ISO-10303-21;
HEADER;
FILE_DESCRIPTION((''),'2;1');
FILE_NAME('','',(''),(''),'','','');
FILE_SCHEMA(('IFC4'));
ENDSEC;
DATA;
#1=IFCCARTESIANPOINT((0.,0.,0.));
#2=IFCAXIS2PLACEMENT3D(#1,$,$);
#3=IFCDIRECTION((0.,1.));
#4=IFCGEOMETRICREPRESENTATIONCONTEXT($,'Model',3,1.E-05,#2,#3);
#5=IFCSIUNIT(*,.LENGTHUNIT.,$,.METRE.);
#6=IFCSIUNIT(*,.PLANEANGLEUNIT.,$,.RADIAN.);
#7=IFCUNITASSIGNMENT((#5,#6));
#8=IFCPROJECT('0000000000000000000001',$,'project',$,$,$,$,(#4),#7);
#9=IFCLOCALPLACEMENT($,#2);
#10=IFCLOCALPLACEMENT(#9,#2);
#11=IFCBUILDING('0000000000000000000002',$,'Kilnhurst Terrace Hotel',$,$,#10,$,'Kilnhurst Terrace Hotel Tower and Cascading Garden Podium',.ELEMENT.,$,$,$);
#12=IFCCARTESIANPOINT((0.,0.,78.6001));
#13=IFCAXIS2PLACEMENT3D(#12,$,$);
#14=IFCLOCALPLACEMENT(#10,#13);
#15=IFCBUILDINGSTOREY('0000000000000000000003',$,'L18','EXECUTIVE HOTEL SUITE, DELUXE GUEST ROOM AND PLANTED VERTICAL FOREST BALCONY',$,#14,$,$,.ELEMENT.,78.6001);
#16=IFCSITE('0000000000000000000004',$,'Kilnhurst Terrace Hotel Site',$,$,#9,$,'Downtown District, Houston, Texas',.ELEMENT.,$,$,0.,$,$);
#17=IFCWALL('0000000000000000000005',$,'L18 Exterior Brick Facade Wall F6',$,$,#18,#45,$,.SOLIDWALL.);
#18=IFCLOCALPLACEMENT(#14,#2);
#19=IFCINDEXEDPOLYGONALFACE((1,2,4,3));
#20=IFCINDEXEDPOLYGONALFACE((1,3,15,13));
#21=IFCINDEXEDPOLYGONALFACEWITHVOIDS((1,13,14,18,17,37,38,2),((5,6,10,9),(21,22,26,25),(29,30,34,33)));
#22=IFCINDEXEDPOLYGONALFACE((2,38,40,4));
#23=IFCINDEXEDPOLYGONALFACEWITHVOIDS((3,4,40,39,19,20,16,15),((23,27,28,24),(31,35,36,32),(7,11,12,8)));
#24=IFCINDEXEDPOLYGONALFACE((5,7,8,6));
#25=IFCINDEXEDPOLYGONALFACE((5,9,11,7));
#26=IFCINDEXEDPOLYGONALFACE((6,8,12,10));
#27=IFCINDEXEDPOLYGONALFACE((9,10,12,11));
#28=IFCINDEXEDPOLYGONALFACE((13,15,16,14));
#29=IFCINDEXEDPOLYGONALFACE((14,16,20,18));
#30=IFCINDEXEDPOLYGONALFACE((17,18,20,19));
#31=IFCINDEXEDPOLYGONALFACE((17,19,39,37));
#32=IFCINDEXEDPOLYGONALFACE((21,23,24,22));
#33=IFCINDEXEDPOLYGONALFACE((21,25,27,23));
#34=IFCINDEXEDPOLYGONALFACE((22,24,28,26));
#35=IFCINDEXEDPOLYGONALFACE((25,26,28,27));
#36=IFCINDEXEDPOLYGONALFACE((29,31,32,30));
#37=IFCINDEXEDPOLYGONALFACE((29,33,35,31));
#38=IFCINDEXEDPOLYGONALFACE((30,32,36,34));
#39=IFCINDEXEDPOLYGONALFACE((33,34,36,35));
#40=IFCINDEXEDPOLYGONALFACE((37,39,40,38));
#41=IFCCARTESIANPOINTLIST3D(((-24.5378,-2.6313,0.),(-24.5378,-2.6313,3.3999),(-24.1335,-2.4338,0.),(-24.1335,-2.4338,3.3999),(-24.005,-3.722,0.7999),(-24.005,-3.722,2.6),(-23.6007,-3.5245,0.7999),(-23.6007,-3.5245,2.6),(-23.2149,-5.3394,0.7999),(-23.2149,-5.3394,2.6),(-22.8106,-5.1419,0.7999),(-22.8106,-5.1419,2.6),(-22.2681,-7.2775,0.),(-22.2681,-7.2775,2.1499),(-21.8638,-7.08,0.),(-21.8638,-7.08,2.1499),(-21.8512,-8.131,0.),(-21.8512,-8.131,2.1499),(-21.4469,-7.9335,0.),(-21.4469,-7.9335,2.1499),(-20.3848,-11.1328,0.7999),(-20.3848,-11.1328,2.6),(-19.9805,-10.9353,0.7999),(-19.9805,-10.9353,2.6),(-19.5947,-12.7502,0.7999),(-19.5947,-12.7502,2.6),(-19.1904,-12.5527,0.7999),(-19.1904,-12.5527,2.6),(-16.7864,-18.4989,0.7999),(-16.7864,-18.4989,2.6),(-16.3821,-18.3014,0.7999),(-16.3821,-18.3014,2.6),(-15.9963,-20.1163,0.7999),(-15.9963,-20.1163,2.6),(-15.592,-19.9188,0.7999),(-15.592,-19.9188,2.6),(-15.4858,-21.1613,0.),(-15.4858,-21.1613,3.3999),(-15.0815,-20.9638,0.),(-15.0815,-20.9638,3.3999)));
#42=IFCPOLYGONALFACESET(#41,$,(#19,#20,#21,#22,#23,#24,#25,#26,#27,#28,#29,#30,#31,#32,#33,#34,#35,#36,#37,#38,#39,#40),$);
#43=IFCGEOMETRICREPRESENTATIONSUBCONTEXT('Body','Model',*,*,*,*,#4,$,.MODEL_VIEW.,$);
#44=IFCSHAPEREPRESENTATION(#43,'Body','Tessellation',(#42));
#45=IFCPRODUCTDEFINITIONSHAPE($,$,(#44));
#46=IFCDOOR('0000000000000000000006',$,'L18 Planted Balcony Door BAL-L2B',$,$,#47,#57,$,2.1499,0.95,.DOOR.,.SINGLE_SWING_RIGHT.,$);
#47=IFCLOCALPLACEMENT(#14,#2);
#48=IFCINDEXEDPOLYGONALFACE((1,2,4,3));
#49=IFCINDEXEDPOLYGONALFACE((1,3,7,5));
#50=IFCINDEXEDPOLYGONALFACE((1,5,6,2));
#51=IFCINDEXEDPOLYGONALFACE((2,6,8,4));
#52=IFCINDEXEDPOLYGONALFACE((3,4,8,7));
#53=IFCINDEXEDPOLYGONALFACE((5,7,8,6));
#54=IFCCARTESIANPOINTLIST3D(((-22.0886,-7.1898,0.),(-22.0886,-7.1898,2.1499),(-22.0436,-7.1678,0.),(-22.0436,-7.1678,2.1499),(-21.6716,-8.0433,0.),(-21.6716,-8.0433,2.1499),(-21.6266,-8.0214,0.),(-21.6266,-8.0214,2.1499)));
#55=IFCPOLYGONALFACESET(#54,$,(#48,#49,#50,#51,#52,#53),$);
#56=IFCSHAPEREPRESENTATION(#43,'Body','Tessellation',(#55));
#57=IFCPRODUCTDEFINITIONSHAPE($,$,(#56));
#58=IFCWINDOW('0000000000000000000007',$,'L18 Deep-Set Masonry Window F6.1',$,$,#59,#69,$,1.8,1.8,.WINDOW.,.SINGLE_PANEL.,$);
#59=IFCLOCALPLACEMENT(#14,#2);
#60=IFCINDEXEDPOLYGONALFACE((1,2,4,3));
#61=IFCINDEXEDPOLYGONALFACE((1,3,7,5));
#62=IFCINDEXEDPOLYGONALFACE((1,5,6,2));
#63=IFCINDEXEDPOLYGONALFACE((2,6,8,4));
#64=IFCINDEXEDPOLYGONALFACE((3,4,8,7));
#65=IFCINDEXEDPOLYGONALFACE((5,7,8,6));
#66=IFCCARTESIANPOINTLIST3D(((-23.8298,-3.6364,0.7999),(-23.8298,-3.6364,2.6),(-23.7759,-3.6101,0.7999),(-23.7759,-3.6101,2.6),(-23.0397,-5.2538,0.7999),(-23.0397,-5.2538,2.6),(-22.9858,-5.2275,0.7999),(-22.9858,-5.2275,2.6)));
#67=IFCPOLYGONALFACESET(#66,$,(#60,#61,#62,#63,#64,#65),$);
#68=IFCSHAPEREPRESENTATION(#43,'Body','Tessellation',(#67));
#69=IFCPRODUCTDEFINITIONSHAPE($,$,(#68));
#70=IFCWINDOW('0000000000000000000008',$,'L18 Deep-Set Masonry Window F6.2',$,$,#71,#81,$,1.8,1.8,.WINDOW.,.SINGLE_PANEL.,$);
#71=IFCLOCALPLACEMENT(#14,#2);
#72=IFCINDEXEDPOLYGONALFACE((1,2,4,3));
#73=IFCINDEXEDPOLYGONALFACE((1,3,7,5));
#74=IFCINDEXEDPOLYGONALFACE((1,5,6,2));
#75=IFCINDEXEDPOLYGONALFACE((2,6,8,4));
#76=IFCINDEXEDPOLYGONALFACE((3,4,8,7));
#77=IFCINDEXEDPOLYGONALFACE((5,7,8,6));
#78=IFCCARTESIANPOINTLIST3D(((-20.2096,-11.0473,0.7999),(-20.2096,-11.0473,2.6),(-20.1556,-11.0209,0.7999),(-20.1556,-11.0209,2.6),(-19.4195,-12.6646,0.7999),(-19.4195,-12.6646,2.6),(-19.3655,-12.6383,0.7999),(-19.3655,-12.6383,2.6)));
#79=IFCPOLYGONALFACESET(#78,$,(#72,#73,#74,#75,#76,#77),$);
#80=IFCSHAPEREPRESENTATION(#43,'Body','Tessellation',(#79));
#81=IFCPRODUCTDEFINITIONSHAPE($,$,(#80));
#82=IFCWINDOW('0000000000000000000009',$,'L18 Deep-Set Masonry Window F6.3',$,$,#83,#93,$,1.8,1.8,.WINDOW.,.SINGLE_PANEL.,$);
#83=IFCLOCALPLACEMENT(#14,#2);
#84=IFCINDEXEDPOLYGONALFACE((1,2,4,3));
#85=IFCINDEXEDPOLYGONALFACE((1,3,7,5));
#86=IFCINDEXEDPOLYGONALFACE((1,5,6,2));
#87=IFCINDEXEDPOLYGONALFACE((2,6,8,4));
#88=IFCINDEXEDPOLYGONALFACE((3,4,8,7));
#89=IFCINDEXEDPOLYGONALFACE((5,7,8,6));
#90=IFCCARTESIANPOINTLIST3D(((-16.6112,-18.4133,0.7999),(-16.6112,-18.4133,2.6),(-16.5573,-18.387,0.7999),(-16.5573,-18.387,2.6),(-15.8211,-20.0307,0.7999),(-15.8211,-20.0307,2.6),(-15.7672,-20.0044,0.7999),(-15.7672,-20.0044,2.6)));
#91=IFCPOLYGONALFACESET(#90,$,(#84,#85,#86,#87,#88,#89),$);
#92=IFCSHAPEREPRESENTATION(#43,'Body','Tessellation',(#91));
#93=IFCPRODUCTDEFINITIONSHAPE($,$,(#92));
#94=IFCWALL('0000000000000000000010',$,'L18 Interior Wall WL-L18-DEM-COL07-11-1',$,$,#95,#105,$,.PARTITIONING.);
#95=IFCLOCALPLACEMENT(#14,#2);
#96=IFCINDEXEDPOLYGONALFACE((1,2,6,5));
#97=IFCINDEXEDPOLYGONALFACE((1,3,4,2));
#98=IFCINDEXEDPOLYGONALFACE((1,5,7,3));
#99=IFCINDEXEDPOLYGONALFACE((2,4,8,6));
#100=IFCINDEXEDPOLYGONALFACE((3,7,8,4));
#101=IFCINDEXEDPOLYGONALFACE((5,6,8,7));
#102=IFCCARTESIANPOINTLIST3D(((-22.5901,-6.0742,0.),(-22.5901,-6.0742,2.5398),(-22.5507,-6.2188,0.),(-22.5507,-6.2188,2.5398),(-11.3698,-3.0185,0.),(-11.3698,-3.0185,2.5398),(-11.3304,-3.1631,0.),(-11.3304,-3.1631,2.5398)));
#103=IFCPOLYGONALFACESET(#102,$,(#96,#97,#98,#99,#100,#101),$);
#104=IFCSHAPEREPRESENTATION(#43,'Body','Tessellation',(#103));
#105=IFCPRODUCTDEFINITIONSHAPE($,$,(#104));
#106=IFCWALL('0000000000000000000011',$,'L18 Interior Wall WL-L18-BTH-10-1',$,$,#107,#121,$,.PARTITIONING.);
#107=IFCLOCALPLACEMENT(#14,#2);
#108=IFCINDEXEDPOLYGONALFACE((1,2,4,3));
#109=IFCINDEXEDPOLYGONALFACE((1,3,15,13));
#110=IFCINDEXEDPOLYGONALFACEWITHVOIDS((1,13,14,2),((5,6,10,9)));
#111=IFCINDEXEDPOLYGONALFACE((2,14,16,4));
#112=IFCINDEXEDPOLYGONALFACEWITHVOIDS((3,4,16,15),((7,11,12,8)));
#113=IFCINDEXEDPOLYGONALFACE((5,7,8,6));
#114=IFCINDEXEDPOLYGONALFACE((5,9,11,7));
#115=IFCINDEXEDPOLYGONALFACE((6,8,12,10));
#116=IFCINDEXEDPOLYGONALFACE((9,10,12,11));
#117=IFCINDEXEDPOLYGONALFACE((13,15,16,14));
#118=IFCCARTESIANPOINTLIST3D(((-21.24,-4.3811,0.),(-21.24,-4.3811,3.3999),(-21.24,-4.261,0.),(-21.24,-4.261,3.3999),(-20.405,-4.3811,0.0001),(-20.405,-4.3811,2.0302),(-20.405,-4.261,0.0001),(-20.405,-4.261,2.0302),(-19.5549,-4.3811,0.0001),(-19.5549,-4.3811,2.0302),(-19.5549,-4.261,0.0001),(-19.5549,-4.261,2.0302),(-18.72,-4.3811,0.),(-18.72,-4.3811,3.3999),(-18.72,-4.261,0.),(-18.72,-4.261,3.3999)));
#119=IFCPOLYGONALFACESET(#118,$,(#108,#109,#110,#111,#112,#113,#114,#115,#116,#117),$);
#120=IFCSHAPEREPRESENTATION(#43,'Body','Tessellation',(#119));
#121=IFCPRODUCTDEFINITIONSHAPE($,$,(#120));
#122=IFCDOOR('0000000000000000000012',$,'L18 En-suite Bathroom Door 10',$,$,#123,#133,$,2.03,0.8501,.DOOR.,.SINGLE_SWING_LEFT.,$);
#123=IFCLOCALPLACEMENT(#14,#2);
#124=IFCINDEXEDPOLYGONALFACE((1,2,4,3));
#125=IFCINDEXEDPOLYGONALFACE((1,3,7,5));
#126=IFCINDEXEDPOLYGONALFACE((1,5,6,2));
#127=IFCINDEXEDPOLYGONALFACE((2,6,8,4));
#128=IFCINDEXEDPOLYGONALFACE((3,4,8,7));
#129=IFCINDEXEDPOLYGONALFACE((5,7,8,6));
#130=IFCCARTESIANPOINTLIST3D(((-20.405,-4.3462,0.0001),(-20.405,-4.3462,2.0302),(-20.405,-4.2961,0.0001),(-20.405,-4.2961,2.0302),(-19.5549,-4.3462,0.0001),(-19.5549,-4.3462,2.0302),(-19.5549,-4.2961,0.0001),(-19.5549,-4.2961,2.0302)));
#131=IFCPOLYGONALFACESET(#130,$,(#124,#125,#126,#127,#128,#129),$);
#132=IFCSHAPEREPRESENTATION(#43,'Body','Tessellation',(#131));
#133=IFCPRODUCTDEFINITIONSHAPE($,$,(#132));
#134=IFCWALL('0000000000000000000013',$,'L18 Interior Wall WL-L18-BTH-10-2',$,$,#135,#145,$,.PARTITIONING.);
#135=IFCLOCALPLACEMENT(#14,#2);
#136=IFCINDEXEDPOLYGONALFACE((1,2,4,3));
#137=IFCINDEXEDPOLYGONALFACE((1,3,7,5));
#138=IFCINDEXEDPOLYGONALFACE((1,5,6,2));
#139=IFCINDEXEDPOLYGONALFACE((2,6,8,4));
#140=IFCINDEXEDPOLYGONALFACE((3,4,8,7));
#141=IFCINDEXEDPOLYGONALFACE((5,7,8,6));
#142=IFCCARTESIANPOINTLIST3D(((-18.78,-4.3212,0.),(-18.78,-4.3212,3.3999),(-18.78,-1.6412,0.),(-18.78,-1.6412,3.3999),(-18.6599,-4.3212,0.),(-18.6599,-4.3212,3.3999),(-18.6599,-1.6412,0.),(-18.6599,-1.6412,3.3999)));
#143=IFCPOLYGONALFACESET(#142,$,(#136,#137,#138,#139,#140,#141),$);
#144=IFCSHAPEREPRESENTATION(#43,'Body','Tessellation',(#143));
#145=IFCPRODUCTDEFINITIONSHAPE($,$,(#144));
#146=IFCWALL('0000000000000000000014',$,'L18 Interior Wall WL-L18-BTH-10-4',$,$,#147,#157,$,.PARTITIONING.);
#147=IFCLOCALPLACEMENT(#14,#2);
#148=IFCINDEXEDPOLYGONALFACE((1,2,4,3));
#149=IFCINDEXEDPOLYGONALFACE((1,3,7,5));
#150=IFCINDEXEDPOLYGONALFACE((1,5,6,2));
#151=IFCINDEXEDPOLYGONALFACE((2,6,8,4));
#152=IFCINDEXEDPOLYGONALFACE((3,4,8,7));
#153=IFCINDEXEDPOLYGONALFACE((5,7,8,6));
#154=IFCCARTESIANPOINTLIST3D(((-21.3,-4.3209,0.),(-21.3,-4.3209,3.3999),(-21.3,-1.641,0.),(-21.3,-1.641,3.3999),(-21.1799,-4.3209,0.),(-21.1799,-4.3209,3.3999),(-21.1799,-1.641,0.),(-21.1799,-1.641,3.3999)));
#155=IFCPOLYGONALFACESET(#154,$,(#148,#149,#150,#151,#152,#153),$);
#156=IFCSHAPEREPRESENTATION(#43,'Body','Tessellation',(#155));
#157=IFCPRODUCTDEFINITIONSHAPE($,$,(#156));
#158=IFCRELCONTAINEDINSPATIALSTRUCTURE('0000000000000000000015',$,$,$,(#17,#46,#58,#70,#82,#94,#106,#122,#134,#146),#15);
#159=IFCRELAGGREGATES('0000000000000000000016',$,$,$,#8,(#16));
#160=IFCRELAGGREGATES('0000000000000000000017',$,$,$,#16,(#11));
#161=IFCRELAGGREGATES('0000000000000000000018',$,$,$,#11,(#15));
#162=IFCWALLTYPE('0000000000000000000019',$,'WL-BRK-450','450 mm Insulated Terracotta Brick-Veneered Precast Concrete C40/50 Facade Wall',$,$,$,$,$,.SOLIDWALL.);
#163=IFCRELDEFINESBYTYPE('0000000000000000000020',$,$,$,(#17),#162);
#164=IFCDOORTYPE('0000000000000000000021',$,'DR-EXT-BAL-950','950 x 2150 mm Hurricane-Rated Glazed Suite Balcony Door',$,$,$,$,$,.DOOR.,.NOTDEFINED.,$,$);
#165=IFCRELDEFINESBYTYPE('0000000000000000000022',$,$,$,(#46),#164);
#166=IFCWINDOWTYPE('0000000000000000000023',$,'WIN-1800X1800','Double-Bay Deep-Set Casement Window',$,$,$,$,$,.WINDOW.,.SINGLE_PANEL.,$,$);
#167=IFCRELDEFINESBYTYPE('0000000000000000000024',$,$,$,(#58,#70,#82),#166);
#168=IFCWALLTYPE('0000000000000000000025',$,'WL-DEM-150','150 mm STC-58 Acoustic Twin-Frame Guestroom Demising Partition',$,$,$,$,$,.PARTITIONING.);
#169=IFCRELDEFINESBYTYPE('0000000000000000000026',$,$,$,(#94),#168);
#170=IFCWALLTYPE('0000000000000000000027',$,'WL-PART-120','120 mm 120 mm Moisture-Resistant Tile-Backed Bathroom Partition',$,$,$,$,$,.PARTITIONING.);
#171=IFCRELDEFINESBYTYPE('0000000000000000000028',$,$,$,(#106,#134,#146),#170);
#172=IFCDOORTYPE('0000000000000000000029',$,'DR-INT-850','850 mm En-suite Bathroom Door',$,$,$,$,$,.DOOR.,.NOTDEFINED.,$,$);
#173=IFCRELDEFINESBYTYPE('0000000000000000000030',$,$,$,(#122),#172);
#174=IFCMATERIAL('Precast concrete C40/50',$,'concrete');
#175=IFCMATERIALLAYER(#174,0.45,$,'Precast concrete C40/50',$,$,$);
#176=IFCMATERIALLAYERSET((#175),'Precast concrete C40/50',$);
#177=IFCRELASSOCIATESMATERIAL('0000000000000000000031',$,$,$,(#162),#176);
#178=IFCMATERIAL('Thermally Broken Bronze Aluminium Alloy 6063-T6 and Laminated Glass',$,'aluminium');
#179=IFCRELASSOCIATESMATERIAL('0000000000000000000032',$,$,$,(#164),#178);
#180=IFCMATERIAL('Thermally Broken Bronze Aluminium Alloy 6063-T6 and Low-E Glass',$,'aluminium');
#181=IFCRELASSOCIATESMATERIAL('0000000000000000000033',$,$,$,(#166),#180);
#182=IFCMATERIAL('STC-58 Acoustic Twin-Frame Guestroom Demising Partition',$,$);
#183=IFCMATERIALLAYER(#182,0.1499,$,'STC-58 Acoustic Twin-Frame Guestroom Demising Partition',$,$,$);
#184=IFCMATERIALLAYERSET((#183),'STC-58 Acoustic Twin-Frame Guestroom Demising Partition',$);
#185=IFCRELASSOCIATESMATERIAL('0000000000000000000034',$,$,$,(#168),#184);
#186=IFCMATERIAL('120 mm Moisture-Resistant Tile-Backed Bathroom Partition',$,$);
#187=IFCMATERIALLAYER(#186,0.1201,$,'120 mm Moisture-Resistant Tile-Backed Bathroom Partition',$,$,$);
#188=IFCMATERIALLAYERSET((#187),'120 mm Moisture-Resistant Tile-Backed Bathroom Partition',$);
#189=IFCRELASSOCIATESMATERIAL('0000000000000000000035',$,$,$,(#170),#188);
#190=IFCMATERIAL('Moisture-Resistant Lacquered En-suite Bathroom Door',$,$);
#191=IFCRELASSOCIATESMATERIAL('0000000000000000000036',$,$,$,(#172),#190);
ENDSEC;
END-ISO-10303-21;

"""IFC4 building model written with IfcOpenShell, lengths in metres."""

from ifc_helpers import new_model, si_unit, direction, frame, frame_2d, origin, place, context, subcontext, project, spatial, rectangle, extrude, material, layer, layer_set, type_object, element, fill, save


model = new_model("IFC4")

# Units and contexts
model_context = context("Model", 3, precision=1e-05, world=origin(), true_north=direction((0.0, 1.0)))
body_context = subcontext(model_context, "Body", "Model", "MODEL_VIEW")
ifc_project = project(units=[si_unit("LENGTHUNIT", "METRE"), si_unit("PLANEANGLEUNIT", "RADIAN")], contexts=[model_context])

# Site, building, storey
site_placement = place(None, origin())
site = spatial("IfcSite", under=ifc_project, at=site_placement, Name="Kilnhurst Terrace Hotel Site", LongName="Downtown District, Houston, Texas", CompositionType="ELEMENT", RefElevation=0.0)
building_placement = place(site_placement, origin())
building = spatial("IfcBuilding", under=site, at=building_placement, Name="Kilnhurst Terrace Hotel", LongName="Kilnhurst Terrace Hotel Tower and Cascading Garden Podium", CompositionType="ELEMENT")
storey_placement = place(building_placement, frame((0.0, 0.0, 78.6001)))
storey = spatial("IfcBuildingStorey", under=building, at=storey_placement, Name="L18", Description="EXECUTIVE HOTEL SUITE, DELUXE GUEST ROOM AND PLANTED VERTICAL FOREST BALCONY", CompositionType="ELEMENT", Elevation=78.6001)

# Shared definitions
ifc_material_1 = material(Name="Precast concrete C40/50", Category="concrete")
ifc_layer_1 = layer(ifc_material_1, 0.45, Name="Precast concrete C40/50")
ifc_layer_set_1 = layer_set([ifc_layer_1], Name="Precast concrete C40/50")
wall_type_1 = type_object("IfcWallType", Name="WL-BRK-450", Description="450 mm Insulated Terracotta Brick-Veneered Precast Concrete C40/50 Facade Wall", PredefinedType="SOLIDWALL", material=ifc_layer_set_1)

# Wall, openings, door, windows
wall_1_placement = place(storey_placement, frame((-24.3357, -2.5325, 0.0), z_axis=(0.0, 0.0, 1.0), x_axis=(0.438931, -0.898521, 0.0)))
wall_1 = element("IfcWall", 1, at=wall_1_placement, inside=storey, type_object=wall_type_1, Name="L18 Exterior Brick Facade Wall F6", PredefinedType="SOLIDWALL", context=body_context, shape_type="SweptSolid", body=[
    extrude(rectangle(XDim=20.6228, YDim=0.45, at=frame_2d((10.3115, 0.0))), origin(), (0.0, 0.0, 1.0), 3.3999),
])
opening_1_placement = place(wall_1_placement, frame((5.1709, 0.0, 0.0)))
opening_1 = element("IfcOpeningElement", 2, at=opening_1_placement, cuts=wall_1, PredefinedType="OPENING", context=body_context, shape_type="SweptSolid", body=[
    extrude(rectangle(XDim=0.95, YDim=2.1499, at=frame_2d((0.4751, 1.075))), frame((0.0, 0.2349, 0.0), z_axis=(0.0, -1.0, 0.0), x_axis=(1.0, 0.0, 0.0)), (0.0, 0.0, 1.0), 0.47),
])
opening_2_placement = place(wall_1_placement, frame((1.2141, 0.0, 0.8)))
opening_2 = element("IfcOpeningElement", 3, at=opening_2_placement, cuts=wall_1, PredefinedType="OPENING", context=body_context, shape_type="SweptSolid", body=[
    extrude(rectangle(XDim=1.8, YDim=1.8, at=frame_2d((0.8999, 0.8999))), frame((0.0, 0.2349, 0.0), z_axis=(0.0, -1.0, 0.0), x_axis=(1.0, 0.0, 0.0)), (0.0, 0.0, 1.0), 0.47),
])
opening_3_placement = place(wall_1_placement, frame((9.4619, 0.0, 0.8)))
opening_3 = element("IfcOpeningElement", 4, at=opening_3_placement, cuts=wall_1, PredefinedType="OPENING", context=body_context, shape_type="SweptSolid", body=[
    extrude(rectangle(XDim=1.8, YDim=1.8, at=frame_2d((0.8999, 0.8999))), frame((0.0, 0.2349, 0.0), z_axis=(0.0, -1.0, 0.0), x_axis=(1.0, 0.0, 0.0)), (0.0, 0.0, 1.0), 0.47),
])
opening_4_placement = place(wall_1_placement, frame((17.6599, 0.0, 0.8)))
opening_4 = element("IfcOpeningElement", 5, at=opening_4_placement, cuts=wall_1, PredefinedType="OPENING", context=body_context, shape_type="SweptSolid", body=[
    extrude(rectangle(XDim=1.8, YDim=1.8, at=frame_2d((0.8999, 0.8999))), frame((0.0, 0.2349, 0.0), z_axis=(0.0, -1.0, 0.0), x_axis=(1.0, 0.0, 0.0)), (0.0, 0.0, 1.0), 0.47),
])
ifc_material_2 = material(Name="Thermally Broken Bronze Aluminium Alloy 6063-T6 and Laminated Glass", Category="aluminium")
door_type_1 = type_object("IfcDoorType", Name="DR-EXT-BAL-950", Description="950 x 2150 mm Hurricane-Rated Glazed Suite Balcony Door", OperationType="NOTDEFINED", PredefinedType="DOOR", material=ifc_material_2)
door_1_placement = place(opening_1_placement, origin())
door_1 = element("IfcDoor", 6, at=door_1_placement, inside=storey, type_object=door_type_1, Name="L18 Planted Balcony Door BAL-L2B", OperationType="SINGLE_SWING_RIGHT", OverallHeight=2.1499, OverallWidth=0.95, PredefinedType="DOOR", context=body_context, shape_type="SweptSolid", body=[
    extrude(rectangle(XDim=0.95, YDim=2.1499, at=frame_2d((0.4751, 1.075))), frame((0.0, 0.0249, 0.0), z_axis=(0.0, -1.0, 0.0), x_axis=(1.0, 0.0, 0.0)), (0.0, 0.0, 1.0), 0.05),
])
fill(opening_1, door_1)
ifc_material_3 = material(Name="Thermally Broken Bronze Aluminium Alloy 6063-T6 and Low-E Glass", Category="aluminium")
window_type = type_object("IfcWindowType", Name="WIN-1800X1800", Description="Double-Bay Deep-Set Casement Window", PartitioningType="SINGLE_PANEL", PredefinedType="WINDOW", material=ifc_material_3)
window_1_placement = place(opening_2_placement, origin())
window_1 = element("IfcWindow", 7, at=window_1_placement, inside=storey, type_object=window_type, Name="L18 Deep-Set Masonry Window F6.1", OverallHeight=1.8, OverallWidth=1.8, PartitioningType="SINGLE_PANEL", PredefinedType="WINDOW", context=body_context, shape_type="SweptSolid", body=[
    extrude(rectangle(XDim=1.8, YDim=1.8, at=frame_2d((0.8999, 0.8999))), frame((0.0, 0.03, 0.0), z_axis=(0.0, -1.0, 0.0), x_axis=(1.0, 0.0, 0.0)), (0.0, 0.0, 1.0), 0.0601),
])
fill(opening_2, window_1)
window_2_placement = place(opening_3_placement, origin())
window_2 = element("IfcWindow", 8, at=window_2_placement, inside=storey, type_object=window_type, Name="L18 Deep-Set Masonry Window F6.2", OverallHeight=1.8, OverallWidth=1.8, PartitioningType="SINGLE_PANEL", PredefinedType="WINDOW", context=body_context, shape_type="SweptSolid", body=[
    extrude(rectangle(XDim=1.8, YDim=1.8, at=frame_2d((0.8999, 0.8999))), frame((0.0, 0.03, 0.0), z_axis=(0.0, -1.0, 0.0), x_axis=(1.0, 0.0, 0.0)), (0.0, 0.0, 1.0), 0.0601),
])
fill(opening_3, window_2)
window_3_placement = place(opening_4_placement, origin())
window_3 = element("IfcWindow", 9, at=window_3_placement, inside=storey, type_object=window_type, Name="L18 Deep-Set Masonry Window F6.3", OverallHeight=1.8, OverallWidth=1.8, PartitioningType="SINGLE_PANEL", PredefinedType="WINDOW", context=body_context, shape_type="SweptSolid", body=[
    extrude(rectangle(XDim=1.8, YDim=1.8, at=frame_2d((0.8999, 0.8999))), frame((0.0, 0.03, 0.0), z_axis=(0.0, -1.0, 0.0), x_axis=(1.0, 0.0, 0.0)), (0.0, 0.0, 1.0), 0.0601),
])
fill(opening_4, window_3)

# Wall
ifc_material_4 = material(Name="STC-58 Acoustic Twin-Frame Guestroom Demising Partition")
ifc_layer_2 = layer(ifc_material_4, 0.1499, Name="STC-58 Acoustic Twin-Frame Guestroom Demising Partition")
ifc_layer_set_2 = layer_set([ifc_layer_2], Name="STC-58 Acoustic Twin-Frame Guestroom Demising Partition")
wall_type_2 = type_object("IfcWallType", Name="WL-DEM-150", Description="150 mm STC-58 Acoustic Twin-Frame Guestroom Demising Partition", PredefinedType="PARTITIONING", material=ifc_layer_set_2)
wall_2_placement = place(storey_placement, frame((-11.3501, -3.0908, 0.0), z_axis=(0.0, 0.0, 1.0), x_axis=(-0.96486, -0.262766, 0.0)))
element("IfcWall", 10, at=wall_2_placement, inside=storey, type_object=wall_type_2, Name="L18 Interior Wall WL-L18-DEM-COL07-11-1", PredefinedType="PARTITIONING", context=body_context, shape_type="SweptSolid", body=[
    extrude(rectangle(XDim=11.6289, YDim=0.1499, at=frame_2d((5.8145, 0.0))), origin(), (0.0, 0.0, 1.0), 2.5398),
])

# Wall, opening, door
ifc_material_5 = material(Name="120 mm Moisture-Resistant Tile-Backed Bathroom Partition")
ifc_layer_3 = layer(ifc_material_5, 0.1201, Name="120 mm Moisture-Resistant Tile-Backed Bathroom Partition")
ifc_layer_set_3 = layer_set([ifc_layer_3], Name="120 mm Moisture-Resistant Tile-Backed Bathroom Partition")
wall_type_3 = type_object("IfcWallType", Name="WL-PART-120", Description="120 mm 120 mm Moisture-Resistant Tile-Backed Bathroom Partition", PredefinedType="PARTITIONING", material=ifc_layer_set_3)
wall_3_placement = place(storey_placement, frame((-21.24, -4.321, 0.0), z_axis=(0.0, 0.0, 1.0), x_axis=(1.0, 0.0, 0.0)))
wall_3 = element("IfcWall", 11, at=wall_3_placement, inside=storey, type_object=wall_type_3, Name="L18 Interior Wall WL-L18-BTH-10-1", PredefinedType="PARTITIONING", context=body_context, shape_type="SweptSolid", body=[
    extrude(rectangle(XDim=2.52, YDim=0.1201, at=frame_2d((1.26, 0.0))), origin(), (0.0, 0.0, 1.0), 3.3999),
])
opening_5_placement = place(wall_3_placement, frame((0.835, 0.0, 0.0)))
opening_5 = element("IfcOpeningElement", 12, at=opening_5_placement, cuts=wall_3, PredefinedType="OPENING", context=body_context, shape_type="SweptSolid", body=[
    extrude(rectangle(XDim=0.8501, YDim=2.03, at=frame_2d((0.425, 1.0151))), frame((0.0, 0.0701, 0.0), z_axis=(0.0, -1.0, 0.0), x_axis=(1.0, 0.0, 0.0)), (0.0, 0.0, 1.0), 0.1401),
])
ifc_material_6 = material(Name="Moisture-Resistant Lacquered En-suite Bathroom Door")
door_type_2 = type_object("IfcDoorType", Name="DR-INT-850", Description="850 mm En-suite Bathroom Door", OperationType="NOTDEFINED", PredefinedType="DOOR", material=ifc_material_6)
door_2_placement = place(opening_5_placement, origin())
door_2 = element("IfcDoor", 13, at=door_2_placement, inside=storey, type_object=door_type_2, Name="L18 En-suite Bathroom Door 10", OperationType="SINGLE_SWING_LEFT", OverallHeight=2.03, OverallWidth=0.8501, PredefinedType="DOOR", context=body_context, shape_type="SweptSolid", body=[
    extrude(rectangle(XDim=0.8501, YDim=2.03, at=frame_2d((0.425, 1.0151))), frame((0.0, 0.0249, 0.0), z_axis=(0.0, -1.0, 0.0), x_axis=(1.0, 0.0, 0.0)), (0.0, 0.0, 1.0), 0.05),
])
fill(opening_5, door_2)

# Walls
for number, where, z_axis, x_axis, name in (
    (14, (-18.72, -4.321, 0.0), (0.0, 0.0, 1.0), (0.0, 1.0, 0.0), "L18 Interior Wall WL-L18-BTH-10-2"),
    (15, (-21.24, -1.6411, 0.0), (0.0, 0.0, 1.0), (0.0, -1.0, 0.0), "L18 Interior Wall WL-L18-BTH-10-4"),
):
    element("IfcWall", number, at=place(storey_placement, frame(where, z_axis=z_axis, x_axis=x_axis)), inside=storey, type_object=wall_type_3, Name=name, PredefinedType="PARTITIONING", context=body_context, shape_type="SweptSolid", body=[
        extrude(rectangle(XDim=2.6799, YDim=0.1201, at=frame_2d((1.3398, 0.0))), origin(), (0.0, 0.0, 1.0), 3.3999),
    ])

save(model, "model.ifc")
